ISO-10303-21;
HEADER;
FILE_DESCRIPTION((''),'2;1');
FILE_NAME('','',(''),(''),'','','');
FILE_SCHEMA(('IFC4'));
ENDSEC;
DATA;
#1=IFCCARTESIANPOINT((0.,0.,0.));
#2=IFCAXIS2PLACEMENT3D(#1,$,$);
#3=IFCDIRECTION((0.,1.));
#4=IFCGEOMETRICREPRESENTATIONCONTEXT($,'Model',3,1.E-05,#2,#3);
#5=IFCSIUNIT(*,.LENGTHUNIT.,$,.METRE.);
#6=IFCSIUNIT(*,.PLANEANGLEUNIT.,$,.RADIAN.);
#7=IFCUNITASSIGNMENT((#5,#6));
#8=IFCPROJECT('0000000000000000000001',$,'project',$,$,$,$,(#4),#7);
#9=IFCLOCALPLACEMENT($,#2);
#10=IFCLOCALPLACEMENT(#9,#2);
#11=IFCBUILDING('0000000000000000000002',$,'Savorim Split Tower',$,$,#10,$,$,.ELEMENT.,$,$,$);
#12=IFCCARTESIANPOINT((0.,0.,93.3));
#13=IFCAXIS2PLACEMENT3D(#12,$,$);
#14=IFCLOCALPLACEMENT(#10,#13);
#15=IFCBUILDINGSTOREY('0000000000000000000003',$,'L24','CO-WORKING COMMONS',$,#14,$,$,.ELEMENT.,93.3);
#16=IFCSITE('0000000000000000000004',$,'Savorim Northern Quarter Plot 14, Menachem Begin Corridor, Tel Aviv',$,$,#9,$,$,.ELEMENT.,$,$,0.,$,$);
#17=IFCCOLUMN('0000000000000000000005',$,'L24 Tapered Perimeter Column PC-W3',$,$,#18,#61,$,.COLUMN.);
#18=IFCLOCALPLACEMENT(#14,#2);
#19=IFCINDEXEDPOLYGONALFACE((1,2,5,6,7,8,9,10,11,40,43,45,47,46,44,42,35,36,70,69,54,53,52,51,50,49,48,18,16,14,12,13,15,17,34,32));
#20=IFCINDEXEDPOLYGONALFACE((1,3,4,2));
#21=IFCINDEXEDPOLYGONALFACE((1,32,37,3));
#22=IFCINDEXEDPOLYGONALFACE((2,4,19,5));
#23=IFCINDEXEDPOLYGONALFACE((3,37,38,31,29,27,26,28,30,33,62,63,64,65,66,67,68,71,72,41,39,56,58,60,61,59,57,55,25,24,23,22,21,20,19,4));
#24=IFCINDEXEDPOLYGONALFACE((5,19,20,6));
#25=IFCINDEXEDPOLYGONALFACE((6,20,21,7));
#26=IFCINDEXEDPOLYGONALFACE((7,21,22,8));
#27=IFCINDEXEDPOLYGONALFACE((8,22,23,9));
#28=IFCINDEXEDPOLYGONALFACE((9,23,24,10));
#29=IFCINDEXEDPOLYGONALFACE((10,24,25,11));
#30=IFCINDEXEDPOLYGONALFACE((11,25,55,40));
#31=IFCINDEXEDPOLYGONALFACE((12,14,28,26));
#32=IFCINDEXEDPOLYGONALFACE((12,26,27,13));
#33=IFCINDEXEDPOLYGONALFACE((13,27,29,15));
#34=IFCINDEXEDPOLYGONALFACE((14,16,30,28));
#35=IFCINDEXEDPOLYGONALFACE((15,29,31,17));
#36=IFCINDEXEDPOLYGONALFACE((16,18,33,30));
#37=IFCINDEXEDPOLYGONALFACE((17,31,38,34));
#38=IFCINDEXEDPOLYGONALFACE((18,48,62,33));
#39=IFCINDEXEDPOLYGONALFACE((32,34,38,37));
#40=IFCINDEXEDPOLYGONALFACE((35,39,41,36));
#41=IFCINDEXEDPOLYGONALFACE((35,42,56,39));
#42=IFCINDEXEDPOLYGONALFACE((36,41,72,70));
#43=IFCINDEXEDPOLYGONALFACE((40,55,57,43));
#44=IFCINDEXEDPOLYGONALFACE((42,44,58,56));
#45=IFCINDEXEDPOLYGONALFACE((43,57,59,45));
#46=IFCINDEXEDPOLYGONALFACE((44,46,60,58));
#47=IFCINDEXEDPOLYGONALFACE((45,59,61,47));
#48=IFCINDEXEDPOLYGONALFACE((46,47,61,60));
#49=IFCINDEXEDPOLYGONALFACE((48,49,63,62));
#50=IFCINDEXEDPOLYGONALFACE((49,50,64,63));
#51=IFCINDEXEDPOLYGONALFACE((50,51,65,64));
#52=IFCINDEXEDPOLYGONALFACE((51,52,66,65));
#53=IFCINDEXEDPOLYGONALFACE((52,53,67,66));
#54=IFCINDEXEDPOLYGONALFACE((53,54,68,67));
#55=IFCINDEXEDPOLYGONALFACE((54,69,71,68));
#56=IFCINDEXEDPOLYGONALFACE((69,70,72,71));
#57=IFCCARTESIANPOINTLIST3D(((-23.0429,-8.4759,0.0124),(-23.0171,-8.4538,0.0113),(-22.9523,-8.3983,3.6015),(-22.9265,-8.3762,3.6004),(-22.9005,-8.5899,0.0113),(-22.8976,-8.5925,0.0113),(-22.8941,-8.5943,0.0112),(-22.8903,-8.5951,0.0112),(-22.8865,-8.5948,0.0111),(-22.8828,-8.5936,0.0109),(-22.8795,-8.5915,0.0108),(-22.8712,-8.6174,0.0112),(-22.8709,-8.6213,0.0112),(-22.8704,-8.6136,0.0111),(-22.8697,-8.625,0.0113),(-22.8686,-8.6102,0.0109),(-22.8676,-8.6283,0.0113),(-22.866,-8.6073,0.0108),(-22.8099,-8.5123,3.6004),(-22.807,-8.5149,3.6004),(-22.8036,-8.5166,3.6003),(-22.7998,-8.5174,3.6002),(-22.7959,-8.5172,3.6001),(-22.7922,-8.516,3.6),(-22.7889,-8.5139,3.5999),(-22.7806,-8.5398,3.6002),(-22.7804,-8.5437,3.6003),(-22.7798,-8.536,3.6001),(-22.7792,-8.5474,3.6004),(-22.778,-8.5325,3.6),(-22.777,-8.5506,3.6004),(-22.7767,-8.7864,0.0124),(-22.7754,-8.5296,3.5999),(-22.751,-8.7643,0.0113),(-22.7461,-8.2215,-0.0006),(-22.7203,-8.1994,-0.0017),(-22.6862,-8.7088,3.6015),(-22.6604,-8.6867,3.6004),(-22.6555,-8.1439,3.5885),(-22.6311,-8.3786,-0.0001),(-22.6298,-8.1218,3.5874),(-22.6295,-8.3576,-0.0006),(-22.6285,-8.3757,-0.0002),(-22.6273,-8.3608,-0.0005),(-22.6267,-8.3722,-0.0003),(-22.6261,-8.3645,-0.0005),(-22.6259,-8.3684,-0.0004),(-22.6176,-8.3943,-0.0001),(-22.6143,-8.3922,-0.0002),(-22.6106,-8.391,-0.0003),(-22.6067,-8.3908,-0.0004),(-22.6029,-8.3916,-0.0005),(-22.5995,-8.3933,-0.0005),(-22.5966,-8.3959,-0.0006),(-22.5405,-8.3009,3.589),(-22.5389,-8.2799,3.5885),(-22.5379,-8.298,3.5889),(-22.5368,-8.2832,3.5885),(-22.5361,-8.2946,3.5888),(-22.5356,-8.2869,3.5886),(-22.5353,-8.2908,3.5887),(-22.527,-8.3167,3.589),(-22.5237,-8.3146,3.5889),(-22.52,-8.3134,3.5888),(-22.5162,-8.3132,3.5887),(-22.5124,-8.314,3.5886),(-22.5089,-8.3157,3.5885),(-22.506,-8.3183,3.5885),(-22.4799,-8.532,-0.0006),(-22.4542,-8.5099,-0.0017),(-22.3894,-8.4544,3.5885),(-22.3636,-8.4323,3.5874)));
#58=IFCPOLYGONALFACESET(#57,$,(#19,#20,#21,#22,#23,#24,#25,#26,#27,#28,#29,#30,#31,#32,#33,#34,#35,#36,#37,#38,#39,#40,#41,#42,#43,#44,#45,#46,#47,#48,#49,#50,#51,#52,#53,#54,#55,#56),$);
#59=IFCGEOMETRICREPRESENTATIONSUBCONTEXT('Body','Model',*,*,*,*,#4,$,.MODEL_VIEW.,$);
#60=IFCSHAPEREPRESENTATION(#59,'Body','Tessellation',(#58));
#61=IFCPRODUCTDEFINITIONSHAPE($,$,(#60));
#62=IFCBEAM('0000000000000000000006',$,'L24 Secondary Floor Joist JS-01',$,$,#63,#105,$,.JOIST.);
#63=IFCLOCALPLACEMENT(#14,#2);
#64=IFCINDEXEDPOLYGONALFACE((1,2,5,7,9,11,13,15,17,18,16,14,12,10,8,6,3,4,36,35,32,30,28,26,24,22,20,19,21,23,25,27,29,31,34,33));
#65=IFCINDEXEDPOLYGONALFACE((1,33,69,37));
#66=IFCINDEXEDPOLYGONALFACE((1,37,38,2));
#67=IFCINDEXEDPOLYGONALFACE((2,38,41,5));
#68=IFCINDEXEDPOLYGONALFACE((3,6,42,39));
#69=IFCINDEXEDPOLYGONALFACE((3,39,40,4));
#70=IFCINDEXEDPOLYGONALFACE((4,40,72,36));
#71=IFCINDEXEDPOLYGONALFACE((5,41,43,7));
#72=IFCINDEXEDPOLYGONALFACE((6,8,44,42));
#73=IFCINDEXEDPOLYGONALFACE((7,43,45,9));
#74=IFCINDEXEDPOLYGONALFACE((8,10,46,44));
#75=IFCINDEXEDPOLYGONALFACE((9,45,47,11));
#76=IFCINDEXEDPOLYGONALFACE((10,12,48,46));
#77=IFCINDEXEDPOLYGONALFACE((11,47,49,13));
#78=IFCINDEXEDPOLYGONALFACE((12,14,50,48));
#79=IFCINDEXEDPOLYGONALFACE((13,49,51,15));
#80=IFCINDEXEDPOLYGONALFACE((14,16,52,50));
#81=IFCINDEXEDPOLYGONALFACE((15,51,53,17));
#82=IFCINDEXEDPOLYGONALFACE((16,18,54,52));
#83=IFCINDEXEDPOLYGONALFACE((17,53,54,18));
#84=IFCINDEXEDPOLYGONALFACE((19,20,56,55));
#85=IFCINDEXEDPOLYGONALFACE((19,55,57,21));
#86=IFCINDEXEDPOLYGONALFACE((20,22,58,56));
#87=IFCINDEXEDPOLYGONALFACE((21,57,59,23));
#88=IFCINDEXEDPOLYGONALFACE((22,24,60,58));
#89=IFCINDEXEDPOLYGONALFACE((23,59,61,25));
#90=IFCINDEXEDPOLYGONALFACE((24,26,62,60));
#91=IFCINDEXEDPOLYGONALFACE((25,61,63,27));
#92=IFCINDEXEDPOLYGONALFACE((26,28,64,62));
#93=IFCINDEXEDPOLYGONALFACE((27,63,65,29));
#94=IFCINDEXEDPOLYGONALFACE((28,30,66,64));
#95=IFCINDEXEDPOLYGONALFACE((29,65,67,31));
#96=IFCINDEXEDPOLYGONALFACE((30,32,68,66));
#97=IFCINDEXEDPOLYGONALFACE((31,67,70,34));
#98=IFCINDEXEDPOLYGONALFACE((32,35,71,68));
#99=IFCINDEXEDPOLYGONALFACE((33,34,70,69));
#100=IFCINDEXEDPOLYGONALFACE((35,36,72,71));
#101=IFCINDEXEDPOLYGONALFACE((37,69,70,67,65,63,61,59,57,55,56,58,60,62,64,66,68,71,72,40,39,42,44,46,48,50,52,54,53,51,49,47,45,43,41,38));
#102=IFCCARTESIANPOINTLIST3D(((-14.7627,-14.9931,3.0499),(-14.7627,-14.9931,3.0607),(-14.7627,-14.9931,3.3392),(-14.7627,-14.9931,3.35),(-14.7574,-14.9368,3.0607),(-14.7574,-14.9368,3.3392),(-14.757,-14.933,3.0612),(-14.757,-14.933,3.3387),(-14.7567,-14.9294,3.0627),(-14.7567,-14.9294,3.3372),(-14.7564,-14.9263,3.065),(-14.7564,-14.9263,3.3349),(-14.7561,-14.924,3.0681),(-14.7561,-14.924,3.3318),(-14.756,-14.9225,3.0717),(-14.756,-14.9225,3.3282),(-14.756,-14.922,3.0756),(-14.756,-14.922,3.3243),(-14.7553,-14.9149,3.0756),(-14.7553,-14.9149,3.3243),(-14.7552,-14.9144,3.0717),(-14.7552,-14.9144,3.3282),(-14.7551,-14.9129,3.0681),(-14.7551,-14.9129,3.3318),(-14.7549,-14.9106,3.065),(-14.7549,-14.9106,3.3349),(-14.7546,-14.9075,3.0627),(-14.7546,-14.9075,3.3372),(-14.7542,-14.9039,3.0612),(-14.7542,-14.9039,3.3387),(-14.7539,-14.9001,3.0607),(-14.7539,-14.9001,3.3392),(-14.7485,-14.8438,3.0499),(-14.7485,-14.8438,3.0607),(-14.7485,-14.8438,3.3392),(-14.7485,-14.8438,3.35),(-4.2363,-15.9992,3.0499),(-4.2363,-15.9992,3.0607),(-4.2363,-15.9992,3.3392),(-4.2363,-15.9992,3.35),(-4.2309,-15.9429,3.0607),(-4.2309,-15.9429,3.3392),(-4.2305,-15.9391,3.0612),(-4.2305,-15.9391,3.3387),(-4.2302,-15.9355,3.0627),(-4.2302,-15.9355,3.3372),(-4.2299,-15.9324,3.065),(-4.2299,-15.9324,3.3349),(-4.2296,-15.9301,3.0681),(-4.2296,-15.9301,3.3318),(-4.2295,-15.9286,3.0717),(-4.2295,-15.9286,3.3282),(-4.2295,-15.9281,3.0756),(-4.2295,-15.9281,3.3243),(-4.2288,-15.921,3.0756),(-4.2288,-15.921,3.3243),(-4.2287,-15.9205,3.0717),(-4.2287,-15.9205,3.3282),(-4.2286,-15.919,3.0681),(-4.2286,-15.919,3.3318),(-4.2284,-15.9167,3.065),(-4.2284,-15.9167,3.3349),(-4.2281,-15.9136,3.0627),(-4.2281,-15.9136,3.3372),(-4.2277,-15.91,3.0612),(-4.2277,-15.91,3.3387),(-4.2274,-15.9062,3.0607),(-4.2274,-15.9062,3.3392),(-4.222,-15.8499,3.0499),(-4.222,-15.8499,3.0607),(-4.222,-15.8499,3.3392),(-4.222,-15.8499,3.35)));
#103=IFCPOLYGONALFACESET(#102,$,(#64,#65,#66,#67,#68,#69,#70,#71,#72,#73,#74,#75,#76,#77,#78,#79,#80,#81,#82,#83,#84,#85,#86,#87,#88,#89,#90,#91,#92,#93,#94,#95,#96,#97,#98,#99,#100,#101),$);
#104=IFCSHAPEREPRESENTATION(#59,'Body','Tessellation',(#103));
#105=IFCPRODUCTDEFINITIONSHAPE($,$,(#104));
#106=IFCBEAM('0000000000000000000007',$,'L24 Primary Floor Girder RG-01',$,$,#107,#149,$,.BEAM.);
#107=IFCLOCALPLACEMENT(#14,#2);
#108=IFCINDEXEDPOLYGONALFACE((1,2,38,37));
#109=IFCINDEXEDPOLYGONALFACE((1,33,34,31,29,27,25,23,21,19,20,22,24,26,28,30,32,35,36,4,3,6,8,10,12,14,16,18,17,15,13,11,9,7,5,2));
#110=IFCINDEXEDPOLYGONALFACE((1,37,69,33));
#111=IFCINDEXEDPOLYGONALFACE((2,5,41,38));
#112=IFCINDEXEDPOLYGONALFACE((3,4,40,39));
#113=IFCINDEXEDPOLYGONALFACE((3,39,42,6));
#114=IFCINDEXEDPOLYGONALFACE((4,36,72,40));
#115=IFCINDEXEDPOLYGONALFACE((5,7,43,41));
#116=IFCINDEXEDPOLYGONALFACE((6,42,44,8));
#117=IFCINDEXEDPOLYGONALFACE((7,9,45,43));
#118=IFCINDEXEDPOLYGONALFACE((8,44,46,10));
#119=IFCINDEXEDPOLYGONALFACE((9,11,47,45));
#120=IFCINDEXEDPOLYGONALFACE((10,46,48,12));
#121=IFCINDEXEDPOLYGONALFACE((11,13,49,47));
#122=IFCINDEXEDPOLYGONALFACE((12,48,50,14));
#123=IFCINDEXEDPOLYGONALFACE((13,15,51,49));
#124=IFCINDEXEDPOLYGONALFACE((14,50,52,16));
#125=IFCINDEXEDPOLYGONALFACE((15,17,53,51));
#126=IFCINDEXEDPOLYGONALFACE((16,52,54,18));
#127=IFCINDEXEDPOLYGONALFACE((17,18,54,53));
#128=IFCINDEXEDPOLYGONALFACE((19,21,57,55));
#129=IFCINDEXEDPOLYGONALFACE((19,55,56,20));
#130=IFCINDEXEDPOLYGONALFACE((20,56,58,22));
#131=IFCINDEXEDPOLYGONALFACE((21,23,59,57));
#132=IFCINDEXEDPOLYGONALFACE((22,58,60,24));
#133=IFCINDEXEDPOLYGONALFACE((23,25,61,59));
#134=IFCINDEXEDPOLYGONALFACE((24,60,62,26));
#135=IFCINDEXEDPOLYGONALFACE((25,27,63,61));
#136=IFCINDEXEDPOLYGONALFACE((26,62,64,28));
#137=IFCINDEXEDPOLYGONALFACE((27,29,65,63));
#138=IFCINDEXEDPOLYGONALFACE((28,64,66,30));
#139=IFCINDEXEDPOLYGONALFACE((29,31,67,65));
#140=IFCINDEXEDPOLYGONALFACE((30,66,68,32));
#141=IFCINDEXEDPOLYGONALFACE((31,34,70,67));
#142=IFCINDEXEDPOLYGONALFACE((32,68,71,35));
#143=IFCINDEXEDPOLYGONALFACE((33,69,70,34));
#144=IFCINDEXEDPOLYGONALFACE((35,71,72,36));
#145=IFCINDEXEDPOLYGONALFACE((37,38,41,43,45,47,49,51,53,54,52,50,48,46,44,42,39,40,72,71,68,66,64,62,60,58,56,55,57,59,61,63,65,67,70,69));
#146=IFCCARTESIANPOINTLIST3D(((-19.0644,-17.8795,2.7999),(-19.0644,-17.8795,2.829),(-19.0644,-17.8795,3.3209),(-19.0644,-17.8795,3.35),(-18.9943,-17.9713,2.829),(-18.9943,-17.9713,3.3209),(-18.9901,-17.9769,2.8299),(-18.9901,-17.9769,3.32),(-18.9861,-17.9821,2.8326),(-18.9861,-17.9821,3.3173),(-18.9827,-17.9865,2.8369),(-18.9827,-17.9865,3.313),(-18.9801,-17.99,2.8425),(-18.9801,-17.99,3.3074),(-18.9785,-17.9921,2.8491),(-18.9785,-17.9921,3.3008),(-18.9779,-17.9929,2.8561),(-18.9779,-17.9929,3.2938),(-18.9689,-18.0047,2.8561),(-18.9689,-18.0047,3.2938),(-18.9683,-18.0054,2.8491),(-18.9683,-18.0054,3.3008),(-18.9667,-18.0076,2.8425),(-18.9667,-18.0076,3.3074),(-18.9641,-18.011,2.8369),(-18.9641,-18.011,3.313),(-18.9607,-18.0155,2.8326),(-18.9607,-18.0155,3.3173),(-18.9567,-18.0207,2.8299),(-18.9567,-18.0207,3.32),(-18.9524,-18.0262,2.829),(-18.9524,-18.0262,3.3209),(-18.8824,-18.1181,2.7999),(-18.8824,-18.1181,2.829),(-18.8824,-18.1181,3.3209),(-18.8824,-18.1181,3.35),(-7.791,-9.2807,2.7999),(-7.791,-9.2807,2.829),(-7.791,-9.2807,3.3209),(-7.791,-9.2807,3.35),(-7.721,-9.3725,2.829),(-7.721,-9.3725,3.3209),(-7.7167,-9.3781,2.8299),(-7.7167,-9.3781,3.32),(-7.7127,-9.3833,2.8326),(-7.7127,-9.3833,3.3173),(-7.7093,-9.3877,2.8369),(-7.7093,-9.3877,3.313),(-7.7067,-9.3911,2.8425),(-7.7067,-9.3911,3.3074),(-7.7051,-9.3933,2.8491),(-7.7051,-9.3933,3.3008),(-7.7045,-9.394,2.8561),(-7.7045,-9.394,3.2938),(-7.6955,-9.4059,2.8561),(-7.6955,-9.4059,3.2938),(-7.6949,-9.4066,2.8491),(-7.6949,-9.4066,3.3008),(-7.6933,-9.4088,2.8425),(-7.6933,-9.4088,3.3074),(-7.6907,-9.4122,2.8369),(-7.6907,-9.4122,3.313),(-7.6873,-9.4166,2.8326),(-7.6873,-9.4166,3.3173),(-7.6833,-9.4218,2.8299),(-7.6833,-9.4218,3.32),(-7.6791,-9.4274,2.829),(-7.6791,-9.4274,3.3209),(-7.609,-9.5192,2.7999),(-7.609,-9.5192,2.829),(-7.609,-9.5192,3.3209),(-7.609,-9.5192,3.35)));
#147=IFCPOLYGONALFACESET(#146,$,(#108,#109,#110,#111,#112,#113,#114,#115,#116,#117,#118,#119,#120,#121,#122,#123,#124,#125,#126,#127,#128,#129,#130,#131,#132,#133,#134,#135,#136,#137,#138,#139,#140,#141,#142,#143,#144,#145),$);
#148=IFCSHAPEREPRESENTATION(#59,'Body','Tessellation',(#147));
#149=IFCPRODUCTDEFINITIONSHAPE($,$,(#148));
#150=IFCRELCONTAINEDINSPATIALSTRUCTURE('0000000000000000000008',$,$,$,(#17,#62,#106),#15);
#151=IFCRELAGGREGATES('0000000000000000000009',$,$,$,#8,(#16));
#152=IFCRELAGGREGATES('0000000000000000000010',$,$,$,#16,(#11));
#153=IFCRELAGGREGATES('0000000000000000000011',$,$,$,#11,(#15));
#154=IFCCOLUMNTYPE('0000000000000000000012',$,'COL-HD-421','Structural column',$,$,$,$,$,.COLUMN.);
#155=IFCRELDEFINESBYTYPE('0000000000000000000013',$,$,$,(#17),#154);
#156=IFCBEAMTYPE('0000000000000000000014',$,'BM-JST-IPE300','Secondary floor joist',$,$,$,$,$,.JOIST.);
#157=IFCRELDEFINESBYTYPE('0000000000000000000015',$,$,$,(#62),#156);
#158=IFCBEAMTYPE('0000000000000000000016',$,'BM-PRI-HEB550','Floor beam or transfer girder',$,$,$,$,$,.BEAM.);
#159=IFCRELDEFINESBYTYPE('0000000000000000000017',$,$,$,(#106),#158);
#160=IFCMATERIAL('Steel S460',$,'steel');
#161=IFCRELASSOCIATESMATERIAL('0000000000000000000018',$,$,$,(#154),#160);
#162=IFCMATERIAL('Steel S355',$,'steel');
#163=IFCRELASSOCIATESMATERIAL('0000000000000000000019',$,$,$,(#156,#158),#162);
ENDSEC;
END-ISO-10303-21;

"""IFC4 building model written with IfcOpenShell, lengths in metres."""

from ifc_helpers import new_model, si_unit, direction, frame, origin, origin_2d, place, context, subcontext, project, spatial, i_section, extrude, material, material_profile, profile_set, type_object, element, save


model = new_model("IFC4")

# Units and contexts
model_context = context("Model", 3, precision=1e-05, world=origin(), true_north=direction((0.0, 1.0)))
body_context = subcontext(model_context, "Body", "Model", "MODEL_VIEW")
ifc_project = project(units=[si_unit("LENGTHUNIT", "METRE"), si_unit("PLANEANGLEUNIT", "RADIAN")], contexts=[model_context])

# Site, building, storey
site_placement = place(None, origin())
site = spatial("IfcSite", under=ifc_project, at=site_placement, Name="Savorim Northern Quarter Plot 14, Menachem Begin Corridor, Tel Aviv", CompositionType="ELEMENT", RefElevation=0.0)
building_placement = place(site_placement, origin())
building = spatial("IfcBuilding", under=site, at=building_placement, Name="Savorim Split Tower", CompositionType="ELEMENT")
storey_placement = place(building_placement, frame((0.0, 0.0, 93.3)))
storey = spatial("IfcBuildingStorey", under=building, at=storey_placement, Name="L24", Description="CO-WORKING COMMONS", CompositionType="ELEMENT", Elevation=93.3)

# Column
ifc_material_1 = material(Name="Steel S460", Category="steel")
ifc_material_profile_1 = material_profile(ifc_material_1, i_section(OverallWidth=0.4089, OverallDepth=0.425, WebThickness=0.0208, FlangeThickness=0.0339, FilletRadius=0.0149, at=origin_2d()), Name="HD 400x421")
ifc_profile_set_1 = profile_set([ifc_material_profile_1], Name="Steel S460")
column_type = type_object("IfcColumnType", Name="COL-HD-421", Description="Structural column", PredefinedType="COLUMN", material=ifc_profile_set_1)
column_placement = place(storey_placement, frame((-22.7485, -8.4929, 0.0054), z_axis=(0.025222, 0.021619, 0.999448), x_axis=(-0.650791, 0.759257, 0.0)))
element("IfcColumn", 1, at=column_placement, inside=storey, type_object=column_type, Name="L24 Tapered Perimeter Column PC-W3", PredefinedType="COLUMN", context=body_context, shape_type="SweptSolid", body=[
    extrude(i_section(OverallWidth=0.4089, OverallDepth=0.425, WebThickness=0.0208, FlangeThickness=0.0339, FilletRadius=0.0149, at=origin_2d()), origin(), (0.0, 0.0, 1.0), 3.5911),
])

# Beams
ifc_material_2 = material(Name="Steel S355", Category="steel")
ifc_material_profile_2 = material_profile(ifc_material_2, i_section(OverallWidth=0.1499, OverallDepth=0.3, WebThickness=0.0071, FlangeThickness=0.0107, FilletRadius=0.0149, at=origin_2d()), Name="IPE 300")
ifc_profile_set_2 = profile_set([ifc_material_profile_2], Name="Steel S355")
beam_type_1 = type_object("IfcBeamType", Name="BM-JST-IPE300", Description="Secondary floor joist", PredefinedType="JOIST", material=ifc_profile_set_2)
beam_1_placement = place(storey_placement, frame((-14.7556, -14.9185, 3.2), z_axis=(0.995464, -0.095144, 0.0), x_axis=(0.095144, 0.995464, 0.0)))
element("IfcBeam", 2, at=beam_1_placement, inside=storey, type_object=beam_type_1, Name="L24 Secondary Floor Joist JS-01", PredefinedType="JOIST", context=body_context, shape_type="SweptSolid", body=[
    extrude(i_section(OverallWidth=0.1499, OverallDepth=0.3, WebThickness=0.0071, FlangeThickness=0.0107, FilletRadius=0.0149, at=origin_2d()), origin(), (0.0, 0.0, 1.0), 10.5745),
])
ifc_material_profile_3 = material_profile(ifc_material_2, i_section(OverallWidth=0.3, OverallDepth=0.55, WebThickness=0.0149, FlangeThickness=0.0291, FilletRadius=0.0271, at=origin_2d()), Name="HEB 550")
ifc_profile_set_3 = profile_set([ifc_material_profile_3], Name="Steel S355")
beam_type_2 = type_object("IfcBeamType", Name="BM-PRI-HEB550", Description="Floor beam or transfer girder", PredefinedType="BEAM", material=ifc_profile_set_3)
beam_2_placement = place(storey_placement, frame((-18.9734, -17.9988, 3.075), z_axis=(0.795106, 0.606471, 0.0), x_axis=(-0.606471, 0.795106, 0.0)))
element("IfcBeam", 3, at=beam_2_placement, inside=storey, type_object=beam_type_2, Name="L24 Primary Floor Girder RG-01", PredefinedType="BEAM", context=body_context, shape_type="SweptSolid", body=[
    extrude(i_section(OverallWidth=0.3, OverallDepth=0.55, WebThickness=0.0149, FlangeThickness=0.0291, FilletRadius=0.0271, at=origin_2d()), origin(), (0.0, 0.0, 1.0), 14.1785),
])

save(model, "model.ifc")
